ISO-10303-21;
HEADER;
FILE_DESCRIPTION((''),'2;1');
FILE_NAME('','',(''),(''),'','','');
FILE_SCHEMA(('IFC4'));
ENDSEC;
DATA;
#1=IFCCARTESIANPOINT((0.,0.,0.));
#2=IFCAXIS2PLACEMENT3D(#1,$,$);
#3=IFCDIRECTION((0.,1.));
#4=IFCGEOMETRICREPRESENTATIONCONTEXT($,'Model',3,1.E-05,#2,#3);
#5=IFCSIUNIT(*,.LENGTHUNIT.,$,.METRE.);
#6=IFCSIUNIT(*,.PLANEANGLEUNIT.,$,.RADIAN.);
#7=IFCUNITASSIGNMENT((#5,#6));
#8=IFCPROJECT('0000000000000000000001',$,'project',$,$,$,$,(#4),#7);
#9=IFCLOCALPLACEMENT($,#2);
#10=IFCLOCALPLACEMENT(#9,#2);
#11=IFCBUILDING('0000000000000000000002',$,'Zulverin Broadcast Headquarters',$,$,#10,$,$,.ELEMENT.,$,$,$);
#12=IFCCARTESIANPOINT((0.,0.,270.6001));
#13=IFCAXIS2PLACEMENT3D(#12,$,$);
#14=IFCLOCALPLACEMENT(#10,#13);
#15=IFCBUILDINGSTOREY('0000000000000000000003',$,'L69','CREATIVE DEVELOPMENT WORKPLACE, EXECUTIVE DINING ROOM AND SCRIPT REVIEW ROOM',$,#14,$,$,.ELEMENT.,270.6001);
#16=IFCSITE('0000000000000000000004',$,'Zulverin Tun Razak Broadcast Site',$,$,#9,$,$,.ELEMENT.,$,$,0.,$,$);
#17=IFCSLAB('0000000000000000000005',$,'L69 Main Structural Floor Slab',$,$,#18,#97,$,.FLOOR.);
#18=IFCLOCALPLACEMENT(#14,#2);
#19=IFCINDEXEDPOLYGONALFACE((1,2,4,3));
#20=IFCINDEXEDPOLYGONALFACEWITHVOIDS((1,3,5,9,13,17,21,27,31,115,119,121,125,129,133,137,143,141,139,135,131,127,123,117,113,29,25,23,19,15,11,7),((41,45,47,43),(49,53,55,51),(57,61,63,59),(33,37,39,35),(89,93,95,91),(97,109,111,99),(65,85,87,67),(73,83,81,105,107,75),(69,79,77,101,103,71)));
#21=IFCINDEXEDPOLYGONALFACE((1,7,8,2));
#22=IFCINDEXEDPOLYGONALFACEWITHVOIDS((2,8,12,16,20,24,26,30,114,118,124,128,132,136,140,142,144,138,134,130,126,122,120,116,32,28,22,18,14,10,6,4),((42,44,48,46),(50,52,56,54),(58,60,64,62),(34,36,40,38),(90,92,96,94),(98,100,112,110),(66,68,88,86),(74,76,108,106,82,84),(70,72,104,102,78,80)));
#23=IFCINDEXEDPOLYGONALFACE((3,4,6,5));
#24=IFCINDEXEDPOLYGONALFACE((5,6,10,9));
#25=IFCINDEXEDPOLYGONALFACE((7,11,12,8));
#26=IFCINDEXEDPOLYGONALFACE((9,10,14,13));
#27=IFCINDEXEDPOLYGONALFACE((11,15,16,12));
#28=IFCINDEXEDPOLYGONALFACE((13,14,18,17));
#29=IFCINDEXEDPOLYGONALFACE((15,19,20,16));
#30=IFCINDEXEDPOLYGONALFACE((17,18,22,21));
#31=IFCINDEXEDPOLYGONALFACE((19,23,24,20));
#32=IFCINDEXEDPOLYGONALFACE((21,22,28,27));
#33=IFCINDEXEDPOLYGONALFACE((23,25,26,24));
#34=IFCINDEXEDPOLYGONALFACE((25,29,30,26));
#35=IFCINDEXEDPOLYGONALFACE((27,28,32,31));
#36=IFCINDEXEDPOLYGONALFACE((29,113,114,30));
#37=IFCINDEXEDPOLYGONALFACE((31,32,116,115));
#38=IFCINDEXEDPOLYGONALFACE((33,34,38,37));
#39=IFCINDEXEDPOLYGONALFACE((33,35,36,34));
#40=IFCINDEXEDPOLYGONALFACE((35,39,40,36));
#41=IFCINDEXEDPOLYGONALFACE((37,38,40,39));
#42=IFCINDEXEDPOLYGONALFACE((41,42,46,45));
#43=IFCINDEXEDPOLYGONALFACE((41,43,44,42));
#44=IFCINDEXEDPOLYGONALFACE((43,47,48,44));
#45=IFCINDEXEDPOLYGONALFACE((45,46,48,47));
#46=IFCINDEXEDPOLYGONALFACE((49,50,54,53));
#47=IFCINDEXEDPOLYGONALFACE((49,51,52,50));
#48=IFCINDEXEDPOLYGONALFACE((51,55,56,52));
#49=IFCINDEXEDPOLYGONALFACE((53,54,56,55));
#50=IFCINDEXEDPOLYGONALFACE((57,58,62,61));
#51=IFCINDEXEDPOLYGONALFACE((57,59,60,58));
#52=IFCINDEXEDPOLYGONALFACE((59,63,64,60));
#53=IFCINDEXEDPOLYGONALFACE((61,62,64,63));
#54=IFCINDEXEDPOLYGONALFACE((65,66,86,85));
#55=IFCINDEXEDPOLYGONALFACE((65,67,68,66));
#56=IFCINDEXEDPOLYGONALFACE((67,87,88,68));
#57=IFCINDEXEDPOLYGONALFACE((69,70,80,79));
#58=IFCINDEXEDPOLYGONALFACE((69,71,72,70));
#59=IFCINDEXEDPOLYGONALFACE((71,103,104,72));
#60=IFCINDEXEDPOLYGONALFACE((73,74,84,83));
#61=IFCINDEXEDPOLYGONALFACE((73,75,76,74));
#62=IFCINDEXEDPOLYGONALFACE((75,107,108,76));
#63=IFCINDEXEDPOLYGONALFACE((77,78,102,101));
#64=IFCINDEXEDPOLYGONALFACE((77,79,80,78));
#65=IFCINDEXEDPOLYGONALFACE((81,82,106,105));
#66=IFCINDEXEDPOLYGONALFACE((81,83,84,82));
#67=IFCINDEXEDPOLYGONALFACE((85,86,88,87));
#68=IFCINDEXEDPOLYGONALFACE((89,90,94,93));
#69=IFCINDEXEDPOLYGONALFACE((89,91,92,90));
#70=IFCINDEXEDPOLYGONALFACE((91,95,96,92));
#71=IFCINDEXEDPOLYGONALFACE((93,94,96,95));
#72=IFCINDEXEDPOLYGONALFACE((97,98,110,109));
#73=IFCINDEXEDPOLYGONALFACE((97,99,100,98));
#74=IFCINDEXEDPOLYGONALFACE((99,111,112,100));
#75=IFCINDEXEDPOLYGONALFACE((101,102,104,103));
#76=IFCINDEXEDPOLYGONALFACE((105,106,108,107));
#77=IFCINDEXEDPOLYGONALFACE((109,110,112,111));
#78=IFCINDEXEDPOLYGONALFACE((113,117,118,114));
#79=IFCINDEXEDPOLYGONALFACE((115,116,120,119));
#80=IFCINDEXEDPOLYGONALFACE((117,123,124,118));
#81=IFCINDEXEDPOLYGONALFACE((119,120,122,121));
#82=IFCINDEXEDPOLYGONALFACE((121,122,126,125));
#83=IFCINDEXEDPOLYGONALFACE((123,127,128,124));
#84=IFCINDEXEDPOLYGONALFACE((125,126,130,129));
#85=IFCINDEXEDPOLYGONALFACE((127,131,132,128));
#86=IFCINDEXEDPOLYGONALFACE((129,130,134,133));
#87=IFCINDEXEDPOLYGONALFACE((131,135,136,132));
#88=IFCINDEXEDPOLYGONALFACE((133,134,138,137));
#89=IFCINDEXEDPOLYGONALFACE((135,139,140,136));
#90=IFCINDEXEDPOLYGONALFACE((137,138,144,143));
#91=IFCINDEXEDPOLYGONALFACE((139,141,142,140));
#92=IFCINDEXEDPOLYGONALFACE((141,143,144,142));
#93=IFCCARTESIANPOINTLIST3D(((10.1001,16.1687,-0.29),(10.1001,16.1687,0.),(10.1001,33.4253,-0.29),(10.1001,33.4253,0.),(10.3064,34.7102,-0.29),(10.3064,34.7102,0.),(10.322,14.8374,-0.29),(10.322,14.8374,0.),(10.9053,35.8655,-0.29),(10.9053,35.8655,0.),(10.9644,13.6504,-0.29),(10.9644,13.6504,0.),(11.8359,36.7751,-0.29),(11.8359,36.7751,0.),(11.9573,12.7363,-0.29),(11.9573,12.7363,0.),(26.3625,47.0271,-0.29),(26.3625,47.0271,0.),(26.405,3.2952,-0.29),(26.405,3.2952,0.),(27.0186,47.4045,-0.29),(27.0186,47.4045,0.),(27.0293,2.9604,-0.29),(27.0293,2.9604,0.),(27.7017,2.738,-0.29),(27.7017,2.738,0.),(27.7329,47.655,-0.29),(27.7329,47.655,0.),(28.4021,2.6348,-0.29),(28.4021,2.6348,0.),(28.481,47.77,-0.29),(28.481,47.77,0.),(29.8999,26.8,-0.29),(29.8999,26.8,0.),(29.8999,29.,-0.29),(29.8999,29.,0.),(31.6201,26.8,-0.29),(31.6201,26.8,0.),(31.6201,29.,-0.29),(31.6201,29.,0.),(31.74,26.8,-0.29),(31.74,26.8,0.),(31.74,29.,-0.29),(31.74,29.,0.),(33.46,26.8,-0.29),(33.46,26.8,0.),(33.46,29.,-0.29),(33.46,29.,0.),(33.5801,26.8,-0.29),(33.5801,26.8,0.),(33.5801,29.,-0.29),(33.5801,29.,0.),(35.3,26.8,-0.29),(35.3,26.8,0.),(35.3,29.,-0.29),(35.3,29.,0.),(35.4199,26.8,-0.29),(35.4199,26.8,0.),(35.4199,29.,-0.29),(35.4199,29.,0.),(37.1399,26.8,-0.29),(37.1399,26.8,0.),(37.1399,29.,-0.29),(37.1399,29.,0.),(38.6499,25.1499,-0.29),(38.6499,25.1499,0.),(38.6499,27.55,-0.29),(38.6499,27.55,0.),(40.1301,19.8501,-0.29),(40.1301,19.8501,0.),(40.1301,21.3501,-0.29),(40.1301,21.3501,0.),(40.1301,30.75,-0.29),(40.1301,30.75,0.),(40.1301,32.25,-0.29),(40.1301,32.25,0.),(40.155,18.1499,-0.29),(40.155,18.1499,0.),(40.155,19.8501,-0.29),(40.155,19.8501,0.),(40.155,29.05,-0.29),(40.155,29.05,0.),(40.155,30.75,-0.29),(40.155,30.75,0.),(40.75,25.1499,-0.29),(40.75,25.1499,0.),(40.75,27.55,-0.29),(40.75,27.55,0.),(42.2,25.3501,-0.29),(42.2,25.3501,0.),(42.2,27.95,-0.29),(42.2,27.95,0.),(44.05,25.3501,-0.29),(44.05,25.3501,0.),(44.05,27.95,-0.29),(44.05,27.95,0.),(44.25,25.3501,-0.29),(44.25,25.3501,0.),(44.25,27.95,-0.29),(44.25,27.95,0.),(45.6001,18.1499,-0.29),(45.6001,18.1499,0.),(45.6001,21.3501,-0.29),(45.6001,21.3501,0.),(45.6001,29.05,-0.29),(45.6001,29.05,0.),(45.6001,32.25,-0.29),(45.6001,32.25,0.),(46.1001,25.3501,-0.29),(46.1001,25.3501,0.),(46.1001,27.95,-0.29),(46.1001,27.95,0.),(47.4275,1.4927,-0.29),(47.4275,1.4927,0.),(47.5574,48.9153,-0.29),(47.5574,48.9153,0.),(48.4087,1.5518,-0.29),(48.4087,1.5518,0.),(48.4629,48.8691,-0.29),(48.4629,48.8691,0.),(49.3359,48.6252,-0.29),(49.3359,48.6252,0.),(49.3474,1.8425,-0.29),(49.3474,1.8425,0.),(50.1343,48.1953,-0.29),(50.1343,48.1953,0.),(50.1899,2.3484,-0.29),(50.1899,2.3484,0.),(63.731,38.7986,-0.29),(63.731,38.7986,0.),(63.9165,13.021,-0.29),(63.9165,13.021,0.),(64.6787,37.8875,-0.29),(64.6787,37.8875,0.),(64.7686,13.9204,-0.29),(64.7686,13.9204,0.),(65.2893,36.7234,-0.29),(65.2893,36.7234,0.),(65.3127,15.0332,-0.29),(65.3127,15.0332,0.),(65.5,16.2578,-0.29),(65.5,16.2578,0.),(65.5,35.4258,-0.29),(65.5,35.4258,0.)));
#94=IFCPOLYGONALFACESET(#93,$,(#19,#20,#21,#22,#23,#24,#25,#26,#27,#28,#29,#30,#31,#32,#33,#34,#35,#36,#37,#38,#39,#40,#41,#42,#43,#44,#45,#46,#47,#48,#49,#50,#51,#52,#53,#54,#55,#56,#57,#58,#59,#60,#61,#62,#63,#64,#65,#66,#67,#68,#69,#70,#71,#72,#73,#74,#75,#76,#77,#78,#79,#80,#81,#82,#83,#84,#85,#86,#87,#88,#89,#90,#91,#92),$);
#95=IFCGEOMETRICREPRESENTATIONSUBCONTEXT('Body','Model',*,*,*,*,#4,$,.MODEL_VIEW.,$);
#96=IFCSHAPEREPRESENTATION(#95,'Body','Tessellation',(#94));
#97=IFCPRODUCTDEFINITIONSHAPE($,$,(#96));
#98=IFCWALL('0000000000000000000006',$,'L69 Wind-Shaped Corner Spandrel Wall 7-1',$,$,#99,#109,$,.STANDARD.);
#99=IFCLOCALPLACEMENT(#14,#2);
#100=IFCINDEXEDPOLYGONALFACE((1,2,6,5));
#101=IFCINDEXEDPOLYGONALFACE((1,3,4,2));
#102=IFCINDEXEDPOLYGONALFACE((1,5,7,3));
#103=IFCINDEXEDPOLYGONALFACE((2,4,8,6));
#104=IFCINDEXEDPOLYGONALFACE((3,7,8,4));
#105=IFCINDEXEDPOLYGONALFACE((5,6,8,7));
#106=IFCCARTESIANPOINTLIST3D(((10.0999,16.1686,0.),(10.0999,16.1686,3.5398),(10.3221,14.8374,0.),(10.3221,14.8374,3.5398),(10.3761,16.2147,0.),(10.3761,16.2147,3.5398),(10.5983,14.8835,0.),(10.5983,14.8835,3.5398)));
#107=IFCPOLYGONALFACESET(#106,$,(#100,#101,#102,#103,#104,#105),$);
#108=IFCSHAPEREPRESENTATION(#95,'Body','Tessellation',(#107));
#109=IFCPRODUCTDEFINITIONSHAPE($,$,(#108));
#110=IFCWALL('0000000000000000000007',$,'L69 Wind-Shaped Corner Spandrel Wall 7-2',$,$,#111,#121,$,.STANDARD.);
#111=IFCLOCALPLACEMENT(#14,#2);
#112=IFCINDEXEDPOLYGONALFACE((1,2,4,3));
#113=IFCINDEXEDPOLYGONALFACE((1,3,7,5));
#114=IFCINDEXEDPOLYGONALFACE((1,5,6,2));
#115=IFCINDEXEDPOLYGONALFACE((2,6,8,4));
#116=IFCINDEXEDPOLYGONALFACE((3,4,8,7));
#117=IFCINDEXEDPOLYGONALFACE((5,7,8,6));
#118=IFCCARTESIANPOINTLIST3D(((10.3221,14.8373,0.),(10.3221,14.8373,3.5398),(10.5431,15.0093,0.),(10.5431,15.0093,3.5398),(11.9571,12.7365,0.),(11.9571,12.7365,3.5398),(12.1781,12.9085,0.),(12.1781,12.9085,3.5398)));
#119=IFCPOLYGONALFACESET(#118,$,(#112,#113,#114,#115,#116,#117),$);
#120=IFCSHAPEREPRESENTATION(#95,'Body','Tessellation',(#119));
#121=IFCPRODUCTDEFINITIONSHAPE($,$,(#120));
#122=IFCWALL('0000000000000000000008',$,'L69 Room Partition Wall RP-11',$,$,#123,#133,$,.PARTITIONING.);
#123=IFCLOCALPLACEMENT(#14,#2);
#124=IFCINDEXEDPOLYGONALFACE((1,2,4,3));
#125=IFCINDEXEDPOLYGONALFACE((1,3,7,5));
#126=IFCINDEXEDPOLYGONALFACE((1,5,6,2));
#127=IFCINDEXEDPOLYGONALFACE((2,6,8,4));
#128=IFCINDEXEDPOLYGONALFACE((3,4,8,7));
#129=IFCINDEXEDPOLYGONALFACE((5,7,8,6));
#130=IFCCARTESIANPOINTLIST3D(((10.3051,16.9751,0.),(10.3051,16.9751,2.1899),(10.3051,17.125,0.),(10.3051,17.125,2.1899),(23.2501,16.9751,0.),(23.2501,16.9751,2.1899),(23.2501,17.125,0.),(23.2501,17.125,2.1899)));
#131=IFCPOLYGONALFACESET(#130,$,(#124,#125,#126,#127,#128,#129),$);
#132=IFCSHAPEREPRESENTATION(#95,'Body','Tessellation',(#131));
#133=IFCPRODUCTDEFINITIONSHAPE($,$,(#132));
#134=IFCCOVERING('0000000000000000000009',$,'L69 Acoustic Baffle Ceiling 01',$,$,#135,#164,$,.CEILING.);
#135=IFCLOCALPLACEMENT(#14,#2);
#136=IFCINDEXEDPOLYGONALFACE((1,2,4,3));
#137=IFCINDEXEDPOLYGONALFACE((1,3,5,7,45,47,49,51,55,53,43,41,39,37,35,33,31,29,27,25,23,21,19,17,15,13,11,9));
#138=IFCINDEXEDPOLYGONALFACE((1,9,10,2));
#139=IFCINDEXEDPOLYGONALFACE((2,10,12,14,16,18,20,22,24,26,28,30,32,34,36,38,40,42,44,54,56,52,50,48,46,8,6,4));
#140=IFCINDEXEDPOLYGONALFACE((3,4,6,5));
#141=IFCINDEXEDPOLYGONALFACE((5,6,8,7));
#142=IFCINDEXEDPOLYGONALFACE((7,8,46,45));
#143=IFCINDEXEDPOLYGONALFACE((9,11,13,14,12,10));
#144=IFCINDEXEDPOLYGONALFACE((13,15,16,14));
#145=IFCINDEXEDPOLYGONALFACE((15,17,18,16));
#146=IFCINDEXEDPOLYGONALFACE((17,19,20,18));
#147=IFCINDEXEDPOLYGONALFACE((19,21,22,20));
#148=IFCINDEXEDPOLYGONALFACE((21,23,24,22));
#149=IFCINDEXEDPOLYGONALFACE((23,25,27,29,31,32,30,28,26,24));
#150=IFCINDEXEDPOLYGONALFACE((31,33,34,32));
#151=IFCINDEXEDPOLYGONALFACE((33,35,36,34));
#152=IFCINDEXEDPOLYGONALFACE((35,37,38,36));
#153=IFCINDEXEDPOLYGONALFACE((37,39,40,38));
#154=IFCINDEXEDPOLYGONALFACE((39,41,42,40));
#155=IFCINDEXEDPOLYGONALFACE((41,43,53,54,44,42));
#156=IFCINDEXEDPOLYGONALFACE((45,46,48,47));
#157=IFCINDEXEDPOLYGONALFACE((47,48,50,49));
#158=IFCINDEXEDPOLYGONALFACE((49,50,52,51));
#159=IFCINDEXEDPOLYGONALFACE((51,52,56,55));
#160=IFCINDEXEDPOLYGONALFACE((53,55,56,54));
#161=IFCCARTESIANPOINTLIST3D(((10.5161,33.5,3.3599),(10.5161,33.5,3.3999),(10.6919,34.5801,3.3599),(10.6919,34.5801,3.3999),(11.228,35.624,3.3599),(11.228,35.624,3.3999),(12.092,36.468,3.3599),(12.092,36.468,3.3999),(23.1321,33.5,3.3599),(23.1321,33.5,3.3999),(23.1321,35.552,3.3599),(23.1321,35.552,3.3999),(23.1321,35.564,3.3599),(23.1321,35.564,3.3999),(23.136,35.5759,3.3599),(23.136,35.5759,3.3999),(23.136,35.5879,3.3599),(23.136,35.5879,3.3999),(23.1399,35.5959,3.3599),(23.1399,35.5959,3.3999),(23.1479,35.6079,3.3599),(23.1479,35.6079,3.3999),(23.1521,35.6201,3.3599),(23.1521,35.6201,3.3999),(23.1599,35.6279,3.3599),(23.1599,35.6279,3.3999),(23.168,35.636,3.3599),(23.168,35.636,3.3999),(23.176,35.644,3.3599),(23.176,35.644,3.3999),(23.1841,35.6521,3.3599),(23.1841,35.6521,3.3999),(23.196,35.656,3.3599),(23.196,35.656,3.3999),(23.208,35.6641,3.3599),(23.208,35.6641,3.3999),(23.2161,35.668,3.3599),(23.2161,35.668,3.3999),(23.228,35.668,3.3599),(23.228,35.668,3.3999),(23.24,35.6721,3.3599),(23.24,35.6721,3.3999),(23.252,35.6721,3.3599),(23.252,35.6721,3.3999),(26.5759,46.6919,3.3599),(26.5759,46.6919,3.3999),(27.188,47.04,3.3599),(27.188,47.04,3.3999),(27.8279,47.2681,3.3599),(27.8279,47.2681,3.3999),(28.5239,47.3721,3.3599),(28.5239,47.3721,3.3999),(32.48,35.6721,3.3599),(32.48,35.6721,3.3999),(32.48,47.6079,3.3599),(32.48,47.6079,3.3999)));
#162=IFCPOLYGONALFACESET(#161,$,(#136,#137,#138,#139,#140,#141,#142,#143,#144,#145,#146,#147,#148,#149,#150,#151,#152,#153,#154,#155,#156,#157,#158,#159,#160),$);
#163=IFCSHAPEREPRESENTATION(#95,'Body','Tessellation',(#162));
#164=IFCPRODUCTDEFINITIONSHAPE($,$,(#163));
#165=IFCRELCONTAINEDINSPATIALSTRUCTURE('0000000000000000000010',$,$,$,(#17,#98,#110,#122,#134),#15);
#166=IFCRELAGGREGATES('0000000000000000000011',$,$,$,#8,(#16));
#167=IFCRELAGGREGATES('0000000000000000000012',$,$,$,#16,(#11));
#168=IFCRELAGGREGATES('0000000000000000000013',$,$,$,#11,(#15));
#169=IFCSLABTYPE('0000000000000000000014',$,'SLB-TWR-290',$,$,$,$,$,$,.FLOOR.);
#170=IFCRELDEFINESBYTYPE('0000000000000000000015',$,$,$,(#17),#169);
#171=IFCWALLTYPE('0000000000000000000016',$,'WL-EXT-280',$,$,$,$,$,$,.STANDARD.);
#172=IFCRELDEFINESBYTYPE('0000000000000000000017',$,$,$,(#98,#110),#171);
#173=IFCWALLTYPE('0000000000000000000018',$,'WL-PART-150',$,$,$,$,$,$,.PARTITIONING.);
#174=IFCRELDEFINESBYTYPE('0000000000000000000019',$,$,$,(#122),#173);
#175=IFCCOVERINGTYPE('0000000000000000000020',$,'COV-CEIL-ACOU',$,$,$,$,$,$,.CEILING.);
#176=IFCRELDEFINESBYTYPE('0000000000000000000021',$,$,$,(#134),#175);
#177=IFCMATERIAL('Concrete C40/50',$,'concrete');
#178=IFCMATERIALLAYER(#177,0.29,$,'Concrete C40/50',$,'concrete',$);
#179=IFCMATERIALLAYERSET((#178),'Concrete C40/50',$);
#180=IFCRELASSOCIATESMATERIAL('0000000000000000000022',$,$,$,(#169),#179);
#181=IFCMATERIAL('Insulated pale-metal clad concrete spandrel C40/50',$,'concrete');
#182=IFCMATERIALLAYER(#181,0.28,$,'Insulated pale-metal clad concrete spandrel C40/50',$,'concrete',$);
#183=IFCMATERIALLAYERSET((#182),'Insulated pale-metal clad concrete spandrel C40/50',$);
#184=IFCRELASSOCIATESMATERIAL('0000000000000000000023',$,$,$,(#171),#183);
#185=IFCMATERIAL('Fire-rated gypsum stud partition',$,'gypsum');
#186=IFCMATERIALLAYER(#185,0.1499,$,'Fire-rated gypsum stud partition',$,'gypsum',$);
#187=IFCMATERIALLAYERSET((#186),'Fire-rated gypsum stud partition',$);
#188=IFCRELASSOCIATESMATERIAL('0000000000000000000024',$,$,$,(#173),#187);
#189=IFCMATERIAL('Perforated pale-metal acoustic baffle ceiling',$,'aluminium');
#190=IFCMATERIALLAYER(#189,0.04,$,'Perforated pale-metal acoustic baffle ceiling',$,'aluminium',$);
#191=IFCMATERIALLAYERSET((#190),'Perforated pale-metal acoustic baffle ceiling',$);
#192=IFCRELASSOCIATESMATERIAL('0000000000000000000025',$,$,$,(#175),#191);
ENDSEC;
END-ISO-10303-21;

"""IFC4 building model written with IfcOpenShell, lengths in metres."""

from ifc_helpers import new_model, si_unit, direction, frame, frame_2d, origin, place, context, subcontext, project, spatial, polyline, rectangle, outline, extrude, material, layer, layer_set, type_object, element, save


model = new_model("IFC4")

# Units and contexts
model_context = context("Model", 3, precision=1e-05, world=origin(), true_north=direction((0.0, 1.0)))
body_context = subcontext(model_context, "Body", "Model", "MODEL_VIEW")
ifc_project = project(units=[si_unit("LENGTHUNIT", "METRE"), si_unit("PLANEANGLEUNIT", "RADIAN")], contexts=[model_context])

# Site, building, storey
site_placement = place(None, origin())
site = spatial("IfcSite", under=ifc_project, at=site_placement, Name="Zulverin Tun Razak Broadcast Site", CompositionType="ELEMENT", RefElevation=0.0)
building_placement = place(site_placement, origin())
building = spatial("IfcBuilding", under=site, at=building_placement, Name="Zulverin Broadcast Headquarters", CompositionType="ELEMENT")
storey_placement = place(building_placement, frame((0.0, 0.0, 270.6001)))
storey = spatial("IfcBuildingStorey", under=building, at=storey_placement, Name="L69", Description="CREATIVE DEVELOPMENT WORKPLACE, EXECUTIVE DINING ROOM AND SCRIPT REVIEW ROOM", CompositionType="ELEMENT", Elevation=270.6001)

# Shared definitions
ifc_material_1 = material(Name="Concrete C40/50", Category="concrete")

# Slab
ifc_layer_1 = layer(ifc_material_1, 0.29, Name="Concrete C40/50", Category="concrete")
ifc_layer_set_1 = layer_set([ifc_layer_1], Name="Concrete C40/50")
slab_type_1 = type_object("IfcSlabType", Name="SLB-TWR-290", PredefinedType="FLOOR", material=ifc_layer_set_1)
slab_1_placement = place(storey_placement, frame((0.0, 0.0, -0.29)))
element("IfcSlab", 1, at=slab_1_placement, inside=storey, type_object=slab_type_1, Name="L69 Main Structural Floor Slab", PredefinedType="FLOOR", context=body_context, shape_type="SweptSolid", body=[
    extrude(outline(polyline([(26.405, 3.2952), (27.0293, 2.9604), (27.7017, 2.738), (28.4021, 2.6348), (47.4275, 1.4927), (48.4087, 1.5518), (49.3474, 1.8425), (50.1899, 2.3484), (63.9165, 13.021), (64.7686, 13.9204), (65.3127, 15.0332), (65.5, 16.2578), (65.5, 35.4258), (65.2893, 36.7234), (64.6787, 37.8875), (63.731, 38.7986), (50.1343, 48.1953), (49.3359, 48.6252), (48.4629, 48.8691), (47.5574, 48.9153), (28.481, 47.77), (27.7329, 47.655), (27.0186, 47.4045), (26.3625, 47.0271), (11.8359, 36.7751), (10.9053, 35.8655), (10.3064, 34.7102), (10.1001, 33.4253), (10.1001, 16.1687), (10.322, 14.8374), (10.9644, 13.6504), (11.9573, 12.7363), (26.405, 3.2952)]), holes=[polyline([(40.155, 30.75), (40.1301, 30.75), (40.1301, 32.25), (45.6001, 32.25), (45.6001, 29.05), (40.155, 29.05), (40.155, 30.75)]), polyline([(40.155, 19.8501), (40.1301, 19.8501), (40.1301, 21.3501), (45.6001, 21.3501), (45.6001, 18.1499), (40.155, 18.1499), (40.155, 19.8501)]), polyline([(29.8999, 26.8), (31.6201, 26.8), (31.6201, 29.0), (29.8999, 29.0), (29.8999, 26.8)]), polyline([(31.74, 26.8), (33.46, 26.8), (33.46, 29.0), (31.74, 29.0), (31.74, 26.8)]), polyline([(33.5801, 26.8), (35.3, 26.8), (35.3, 29.0), (33.5801, 29.0), (33.5801, 26.8)]), polyline([(35.4199, 26.8), (37.1399, 26.8), (37.1399, 29.0), (35.4199, 29.0), (35.4199, 26.8)]), polyline([(42.2, 25.3501), (44.05, 25.3501), (44.05, 27.95), (42.2, 27.95), (42.2, 25.3501)]), polyline([(44.25, 25.3501), (46.1001, 25.3501), (46.1001, 27.95), (44.25, 27.95), (44.25, 25.3501)]), polyline([(38.6499, 25.1499), (40.75, 25.1499), (40.75, 27.55), (38.6499, 27.55), (38.6499, 25.1499)])]), origin(), (0.0, 0.0, 1.0), 0.29),
])

# Walls
ifc_material_2 = material(Name="Insulated pale-metal clad concrete spandrel C40/50", Category="concrete")
ifc_layer_2 = layer(ifc_material_2, 0.28, Name="Insulated pale-metal clad concrete spandrel C40/50", Category="concrete")
ifc_layer_set_2 = layer_set([ifc_layer_2], Name="Insulated pale-metal clad concrete spandrel C40/50")
wall_type_1 = type_object("IfcWallType", Name="WL-EXT-280", PredefinedType="STANDARD", material=ifc_layer_set_2)
wall_1_placement = place(storey_placement, frame((10.238, 16.1917, 0.0), z_axis=(0.0, 0.0, 1.0), x_axis=(0.164604, -0.98636, 0.0)))
element("IfcWall", 2, at=wall_1_placement, inside=storey, type_object=wall_type_1, Name="L69 Wind-Shaped Corner Spandrel Wall 7-1", PredefinedType="STANDARD", context=body_context, shape_type="SweptSolid", body=[
    extrude(rectangle(XDim=1.3496, YDim=0.28, at=frame_2d((0.6748, 0.0))), origin(), (0.0, 0.0, 1.0), 3.5398),
])
wall_2_placement = place(storey_placement, frame((10.4326, 14.9233, 0.0), z_axis=(0.0, 0.0, 1.0), x_axis=(0.614182, -0.789165, 0.0)))
element("IfcWall", 3, at=wall_2_placement, inside=storey, type_object=wall_type_1, Name="L69 Wind-Shaped Corner Spandrel Wall 7-2", PredefinedType="STANDARD", context=body_context, shape_type="SweptSolid", body=[
    extrude(rectangle(XDim=2.6621, YDim=0.28, at=frame_2d((1.3311, 0.0))), origin(), (0.0, 0.0, 1.0), 3.5398),
])
ifc_material_3 = material(Name="Fire-rated gypsum stud partition", Category="gypsum")
ifc_layer_3 = layer(ifc_material_3, 0.1499, Name="Fire-rated gypsum stud partition", Category="gypsum")
ifc_layer_set_3 = layer_set([ifc_layer_3], Name="Fire-rated gypsum stud partition")
wall_type_2 = type_object("IfcWallType", Name="WL-PART-150", PredefinedType="PARTITIONING", material=ifc_layer_set_3)
wall_3_placement = place(storey_placement, frame((10.3049, 17.05, 0.0), z_axis=(0.0, 0.0, 1.0), x_axis=(1.0, 0.0, 0.0)))
element("IfcWall", 4, at=wall_3_placement, inside=storey, type_object=wall_type_2, Name="L69 Room Partition Wall RP-11", PredefinedType="PARTITIONING", context=body_context, shape_type="SweptSolid", body=[
    extrude(rectangle(XDim=12.9451, YDim=0.1499, at=frame_2d((6.4727, 0.0))), origin(), (0.0, 0.0, 1.0), 2.1899),
])

# Covering
ifc_material_4 = material(Name="Perforated pale-metal acoustic baffle ceiling", Category="aluminium")
ifc_layer_4 = layer(ifc_material_4, 0.04, Name="Perforated pale-metal acoustic baffle ceiling", Category="aluminium")
ifc_layer_set_4 = layer_set([ifc_layer_4], Name="Perforated pale-metal acoustic baffle ceiling")
covering_type_1 = type_object("IfcCoveringType", Name="COV-CEIL-ACOU", PredefinedType="CEILING", material=ifc_layer_set_4)
covering_1_placement = place(storey_placement, frame((0.0, 0.0, 3.3599)))
element("IfcCovering", 5, at=covering_1_placement, inside=storey, type_object=covering_type_1, Name="L69 Acoustic Baffle Ceiling 01", PredefinedType="CEILING", context=body_context, shape_type="SweptSolid", body=[
    extrude(outline(polyline([(12.092, 36.468), (11.228, 35.624), (10.6919, 34.5801), (10.5161, 33.5), (23.1321, 33.5), (23.1321, 35.552), (23.1321, 35.564), (23.136, 35.5759), (23.136, 35.5879), (23.1399, 35.5959), (23.1479, 35.6079), (23.1521, 35.6201), (23.1599, 35.6279), (23.168, 35.636), (23.176, 35.644), (23.1841, 35.6521), (23.196, 35.656), (23.208, 35.6641), (23.2161, 35.668), (23.228, 35.668), (23.24, 35.6721), (23.252, 35.6721), (32.48, 35.6721), (32.48, 47.6079), (28.5239, 47.3721), (27.8279, 47.2681), (27.188, 47.04), (26.5759, 46.6919), (12.092, 36.468)])), origin(), (0.0, 0.0, 1.0), 0.04),
])

save(model, "model.ifc")
